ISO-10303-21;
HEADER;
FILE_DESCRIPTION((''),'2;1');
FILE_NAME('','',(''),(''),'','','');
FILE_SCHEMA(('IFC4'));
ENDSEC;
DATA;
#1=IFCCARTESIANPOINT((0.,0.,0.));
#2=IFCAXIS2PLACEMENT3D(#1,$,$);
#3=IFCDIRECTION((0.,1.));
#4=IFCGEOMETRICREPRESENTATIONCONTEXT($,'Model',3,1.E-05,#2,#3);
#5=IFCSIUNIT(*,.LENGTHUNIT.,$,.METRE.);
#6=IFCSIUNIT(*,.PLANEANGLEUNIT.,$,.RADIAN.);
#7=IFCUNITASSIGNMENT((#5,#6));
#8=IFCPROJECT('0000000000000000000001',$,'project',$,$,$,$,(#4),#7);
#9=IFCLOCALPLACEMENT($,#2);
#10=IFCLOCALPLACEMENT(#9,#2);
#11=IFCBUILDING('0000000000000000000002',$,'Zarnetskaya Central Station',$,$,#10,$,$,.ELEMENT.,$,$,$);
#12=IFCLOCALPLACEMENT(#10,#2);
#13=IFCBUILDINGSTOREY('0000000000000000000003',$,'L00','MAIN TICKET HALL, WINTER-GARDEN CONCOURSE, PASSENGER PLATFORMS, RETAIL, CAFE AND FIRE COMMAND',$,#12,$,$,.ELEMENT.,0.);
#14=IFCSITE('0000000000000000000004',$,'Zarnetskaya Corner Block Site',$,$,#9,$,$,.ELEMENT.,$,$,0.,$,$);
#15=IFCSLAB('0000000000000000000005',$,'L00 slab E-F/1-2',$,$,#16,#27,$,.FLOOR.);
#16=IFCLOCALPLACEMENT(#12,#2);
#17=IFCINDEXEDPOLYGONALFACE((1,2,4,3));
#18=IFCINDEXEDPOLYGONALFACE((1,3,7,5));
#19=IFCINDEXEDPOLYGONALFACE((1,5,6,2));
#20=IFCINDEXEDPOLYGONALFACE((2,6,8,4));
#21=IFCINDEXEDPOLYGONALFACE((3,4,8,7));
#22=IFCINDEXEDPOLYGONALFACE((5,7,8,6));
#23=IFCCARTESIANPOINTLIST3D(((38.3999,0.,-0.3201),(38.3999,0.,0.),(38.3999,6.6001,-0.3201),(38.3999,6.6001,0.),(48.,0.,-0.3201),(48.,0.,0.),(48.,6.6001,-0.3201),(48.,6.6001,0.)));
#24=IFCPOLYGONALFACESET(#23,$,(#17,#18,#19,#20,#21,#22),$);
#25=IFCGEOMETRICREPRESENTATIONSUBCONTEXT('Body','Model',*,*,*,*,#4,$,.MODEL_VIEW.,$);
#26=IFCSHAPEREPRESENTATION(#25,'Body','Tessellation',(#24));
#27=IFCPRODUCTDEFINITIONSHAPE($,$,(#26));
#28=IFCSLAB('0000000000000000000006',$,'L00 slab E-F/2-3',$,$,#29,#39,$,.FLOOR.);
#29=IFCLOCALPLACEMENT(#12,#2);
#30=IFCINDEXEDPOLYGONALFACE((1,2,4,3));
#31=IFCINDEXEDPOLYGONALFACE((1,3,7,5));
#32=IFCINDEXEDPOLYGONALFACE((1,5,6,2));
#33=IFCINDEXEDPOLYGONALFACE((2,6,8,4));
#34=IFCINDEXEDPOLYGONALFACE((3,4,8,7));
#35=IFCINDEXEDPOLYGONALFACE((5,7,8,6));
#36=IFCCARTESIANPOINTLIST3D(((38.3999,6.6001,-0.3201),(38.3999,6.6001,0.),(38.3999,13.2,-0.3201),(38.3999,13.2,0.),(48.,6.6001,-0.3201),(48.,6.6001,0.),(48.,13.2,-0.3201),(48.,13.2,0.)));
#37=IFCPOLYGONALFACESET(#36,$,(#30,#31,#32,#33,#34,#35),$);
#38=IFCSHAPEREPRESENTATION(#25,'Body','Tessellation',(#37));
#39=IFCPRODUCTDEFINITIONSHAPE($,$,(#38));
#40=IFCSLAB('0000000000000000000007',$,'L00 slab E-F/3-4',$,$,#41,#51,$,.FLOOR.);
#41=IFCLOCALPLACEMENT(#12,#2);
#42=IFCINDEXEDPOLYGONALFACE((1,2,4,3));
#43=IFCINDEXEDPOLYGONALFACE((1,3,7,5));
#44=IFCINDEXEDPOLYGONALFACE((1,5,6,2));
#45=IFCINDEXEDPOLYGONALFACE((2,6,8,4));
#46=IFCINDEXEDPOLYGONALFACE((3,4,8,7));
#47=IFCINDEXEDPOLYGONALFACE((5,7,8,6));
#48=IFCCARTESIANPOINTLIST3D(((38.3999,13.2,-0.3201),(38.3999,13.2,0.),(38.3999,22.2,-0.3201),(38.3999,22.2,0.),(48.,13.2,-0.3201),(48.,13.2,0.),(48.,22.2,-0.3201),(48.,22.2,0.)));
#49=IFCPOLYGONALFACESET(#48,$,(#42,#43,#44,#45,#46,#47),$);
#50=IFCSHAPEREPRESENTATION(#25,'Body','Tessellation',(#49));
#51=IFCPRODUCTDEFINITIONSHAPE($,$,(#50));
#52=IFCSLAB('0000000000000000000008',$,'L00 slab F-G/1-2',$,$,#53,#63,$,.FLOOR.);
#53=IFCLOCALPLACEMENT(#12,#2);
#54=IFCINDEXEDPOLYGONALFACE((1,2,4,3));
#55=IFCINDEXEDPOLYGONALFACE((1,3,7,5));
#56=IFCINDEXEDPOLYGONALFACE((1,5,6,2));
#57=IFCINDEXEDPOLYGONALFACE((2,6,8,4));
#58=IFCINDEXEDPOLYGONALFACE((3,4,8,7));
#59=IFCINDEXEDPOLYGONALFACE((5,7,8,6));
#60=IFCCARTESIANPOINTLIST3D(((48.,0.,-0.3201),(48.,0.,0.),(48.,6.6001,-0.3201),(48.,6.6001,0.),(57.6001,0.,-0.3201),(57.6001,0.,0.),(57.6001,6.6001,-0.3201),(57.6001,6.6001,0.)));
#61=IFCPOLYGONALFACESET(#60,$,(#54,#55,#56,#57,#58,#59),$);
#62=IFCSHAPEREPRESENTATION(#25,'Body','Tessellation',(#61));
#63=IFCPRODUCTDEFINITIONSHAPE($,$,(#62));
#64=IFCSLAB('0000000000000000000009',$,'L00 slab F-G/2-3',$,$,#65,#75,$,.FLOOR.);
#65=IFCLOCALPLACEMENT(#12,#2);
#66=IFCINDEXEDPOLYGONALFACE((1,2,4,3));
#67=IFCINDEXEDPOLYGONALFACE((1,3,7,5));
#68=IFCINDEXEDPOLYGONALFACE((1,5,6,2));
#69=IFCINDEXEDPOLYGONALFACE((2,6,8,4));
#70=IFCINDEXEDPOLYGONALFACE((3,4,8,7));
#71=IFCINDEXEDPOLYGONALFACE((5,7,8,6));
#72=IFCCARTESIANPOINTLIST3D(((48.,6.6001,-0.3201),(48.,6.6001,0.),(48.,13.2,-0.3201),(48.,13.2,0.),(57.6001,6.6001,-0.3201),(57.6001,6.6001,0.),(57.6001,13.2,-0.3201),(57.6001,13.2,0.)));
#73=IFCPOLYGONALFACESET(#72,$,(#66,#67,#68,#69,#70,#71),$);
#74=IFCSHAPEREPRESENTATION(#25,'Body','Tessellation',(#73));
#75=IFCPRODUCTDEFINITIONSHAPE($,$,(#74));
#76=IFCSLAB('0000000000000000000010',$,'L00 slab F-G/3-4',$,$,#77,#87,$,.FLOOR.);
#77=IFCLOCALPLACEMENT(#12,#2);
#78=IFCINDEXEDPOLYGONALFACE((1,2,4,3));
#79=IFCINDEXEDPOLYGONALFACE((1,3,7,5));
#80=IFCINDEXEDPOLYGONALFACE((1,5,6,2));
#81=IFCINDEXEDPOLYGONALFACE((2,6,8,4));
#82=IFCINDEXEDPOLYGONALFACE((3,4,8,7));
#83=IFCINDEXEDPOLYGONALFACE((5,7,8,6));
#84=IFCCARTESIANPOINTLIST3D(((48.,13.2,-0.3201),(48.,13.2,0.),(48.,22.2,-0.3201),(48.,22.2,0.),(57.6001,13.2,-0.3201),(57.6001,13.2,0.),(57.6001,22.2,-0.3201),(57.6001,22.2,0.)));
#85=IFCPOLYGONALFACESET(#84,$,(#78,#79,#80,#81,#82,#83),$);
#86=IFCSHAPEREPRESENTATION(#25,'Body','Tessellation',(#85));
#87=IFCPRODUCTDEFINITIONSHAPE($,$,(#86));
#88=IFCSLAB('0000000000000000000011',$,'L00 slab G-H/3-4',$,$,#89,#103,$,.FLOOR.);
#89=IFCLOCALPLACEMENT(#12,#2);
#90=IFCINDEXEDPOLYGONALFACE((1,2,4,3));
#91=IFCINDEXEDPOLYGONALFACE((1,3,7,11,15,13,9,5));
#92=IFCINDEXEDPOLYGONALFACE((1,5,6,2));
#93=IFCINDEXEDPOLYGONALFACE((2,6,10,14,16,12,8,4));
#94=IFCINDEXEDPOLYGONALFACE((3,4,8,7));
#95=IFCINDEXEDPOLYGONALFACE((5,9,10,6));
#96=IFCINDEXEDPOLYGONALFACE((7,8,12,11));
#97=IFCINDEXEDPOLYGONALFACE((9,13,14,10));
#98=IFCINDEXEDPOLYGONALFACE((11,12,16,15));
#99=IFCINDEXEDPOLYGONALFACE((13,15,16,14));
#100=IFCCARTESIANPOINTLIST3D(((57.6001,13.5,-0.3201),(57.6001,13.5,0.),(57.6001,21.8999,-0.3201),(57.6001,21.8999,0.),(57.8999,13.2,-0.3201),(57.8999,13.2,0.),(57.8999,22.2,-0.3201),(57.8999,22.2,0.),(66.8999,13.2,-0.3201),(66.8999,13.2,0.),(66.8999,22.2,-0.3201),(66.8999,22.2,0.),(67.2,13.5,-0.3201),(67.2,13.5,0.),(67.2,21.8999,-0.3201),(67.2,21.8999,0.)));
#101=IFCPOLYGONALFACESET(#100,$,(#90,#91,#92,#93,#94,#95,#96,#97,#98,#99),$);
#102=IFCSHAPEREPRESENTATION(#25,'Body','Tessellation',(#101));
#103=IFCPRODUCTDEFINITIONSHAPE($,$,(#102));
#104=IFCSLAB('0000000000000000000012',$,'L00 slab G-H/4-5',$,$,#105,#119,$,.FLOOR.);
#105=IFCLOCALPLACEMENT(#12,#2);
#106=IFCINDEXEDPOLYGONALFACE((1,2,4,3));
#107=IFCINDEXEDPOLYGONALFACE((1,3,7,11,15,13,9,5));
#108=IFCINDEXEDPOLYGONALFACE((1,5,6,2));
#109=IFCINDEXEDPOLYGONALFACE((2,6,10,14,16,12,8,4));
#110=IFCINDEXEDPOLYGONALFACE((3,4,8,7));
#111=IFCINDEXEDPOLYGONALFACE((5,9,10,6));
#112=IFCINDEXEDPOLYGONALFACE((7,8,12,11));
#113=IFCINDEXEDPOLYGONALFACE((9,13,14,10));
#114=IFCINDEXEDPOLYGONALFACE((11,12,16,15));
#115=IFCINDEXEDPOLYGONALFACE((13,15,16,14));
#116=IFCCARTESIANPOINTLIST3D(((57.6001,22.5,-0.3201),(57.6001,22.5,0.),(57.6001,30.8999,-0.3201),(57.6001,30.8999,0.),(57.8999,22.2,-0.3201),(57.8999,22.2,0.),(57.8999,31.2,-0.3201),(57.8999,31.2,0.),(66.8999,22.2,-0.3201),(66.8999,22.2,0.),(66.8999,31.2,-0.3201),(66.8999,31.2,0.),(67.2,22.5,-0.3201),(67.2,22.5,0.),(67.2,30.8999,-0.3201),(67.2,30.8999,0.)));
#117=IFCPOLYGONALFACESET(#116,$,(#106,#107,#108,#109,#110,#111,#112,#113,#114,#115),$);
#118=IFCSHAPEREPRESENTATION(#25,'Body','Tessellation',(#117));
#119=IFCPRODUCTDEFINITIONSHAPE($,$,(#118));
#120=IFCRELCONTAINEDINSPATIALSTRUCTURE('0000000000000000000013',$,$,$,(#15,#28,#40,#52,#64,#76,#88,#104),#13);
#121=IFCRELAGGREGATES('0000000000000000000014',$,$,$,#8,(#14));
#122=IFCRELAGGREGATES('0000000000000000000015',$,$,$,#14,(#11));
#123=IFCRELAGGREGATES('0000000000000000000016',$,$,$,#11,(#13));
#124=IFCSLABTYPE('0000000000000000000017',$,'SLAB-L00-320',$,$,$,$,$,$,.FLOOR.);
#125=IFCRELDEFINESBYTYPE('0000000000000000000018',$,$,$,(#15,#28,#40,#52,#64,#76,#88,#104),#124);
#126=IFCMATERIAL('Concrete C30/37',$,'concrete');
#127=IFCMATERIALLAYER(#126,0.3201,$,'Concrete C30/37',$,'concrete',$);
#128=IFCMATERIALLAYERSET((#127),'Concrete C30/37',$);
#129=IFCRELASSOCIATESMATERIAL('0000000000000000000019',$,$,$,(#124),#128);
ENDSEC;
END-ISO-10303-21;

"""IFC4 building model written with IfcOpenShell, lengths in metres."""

from ifc_helpers import new_model, si_unit, direction, frame, origin, place, context, subcontext, project, spatial, polyline, outline, extrude, material, layer, layer_set, type_object, element, save


model = new_model("IFC4")

# Units and contexts
model_context = context("Model", 3, precision=1e-05, world=origin(), true_north=direction((0.0, 1.0)))
body_context = subcontext(model_context, "Body", "Model", "MODEL_VIEW")
ifc_project = project(units=[si_unit("LENGTHUNIT", "METRE"), si_unit("PLANEANGLEUNIT", "RADIAN")], contexts=[model_context])

# Site, building, storey
site_placement = place(None, origin())
site = spatial("IfcSite", under=ifc_project, at=site_placement, Name="Zarnetskaya Corner Block Site", CompositionType="ELEMENT", RefElevation=0.0)
building_placement = place(site_placement, origin())
building = spatial("IfcBuilding", under=site, at=building_placement, Name="Zarnetskaya Central Station", CompositionType="ELEMENT")
storey_placement = place(building_placement, origin())
storey = spatial("IfcBuildingStorey", under=building, at=storey_placement, Name="L00", Description="MAIN TICKET HALL, WINTER-GARDEN CONCOURSE, PASSENGER PLATFORMS, RETAIL, CAFE AND FIRE COMMAND", CompositionType="ELEMENT", Elevation=0.0)

# Slabs
ifc_material = material(Name="Concrete C30/37", Category="concrete")
ifc_layer = layer(ifc_material, 0.3201, Name="Concrete C30/37", Category="concrete")
ifc_layer_set = layer_set([ifc_layer], Name="Concrete C30/37")
slab_type = type_object("IfcSlabType", Name="SLAB-L00-320", PredefinedType="FLOOR", material=ifc_layer_set)
slab_1_placement = place(storey_placement, frame((0.0, 0.0, -0.3201)))
element("IfcSlab", 1, at=slab_1_placement, inside=storey, type_object=slab_type, Name="L00 slab E-F/1-2", PredefinedType="FLOOR", context=body_context, shape_type="SweptSolid", body=[
    extrude(outline(polyline([(38.3999, 0.0), (48.0, 0.0), (48.0, 6.6001), (38.3999, 6.6001), (38.3999, 0.0)])), origin(), (0.0, 0.0, 1.0), 0.3201),
])
slab_2_placement = place(storey_placement, frame((0.0, 0.0, -0.3201)))
element("IfcSlab", 2, at=slab_2_placement, inside=storey, type_object=slab_type, Name="L00 slab E-F/2-3", PredefinedType="FLOOR", context=body_context, shape_type="SweptSolid", body=[
    extrude(outline(polyline([(38.3999, 6.6001), (48.0, 6.6001), (48.0, 13.2), (38.3999, 13.2), (38.3999, 6.6001)])), origin(), (0.0, 0.0, 1.0), 0.3201),
])
slab_3_placement = place(storey_placement, frame((0.0, 0.0, -0.3201)))
element("IfcSlab", 3, at=slab_3_placement, inside=storey, type_object=slab_type, Name="L00 slab E-F/3-4", PredefinedType="FLOOR", context=body_context, shape_type="SweptSolid", body=[
    extrude(outline(polyline([(38.3999, 13.2), (48.0, 13.2), (48.0, 22.2), (38.3999, 22.2), (38.3999, 13.2)])), origin(), (0.0, 0.0, 1.0), 0.3201),
])
slab_4_placement = place(storey_placement, frame((0.0, 0.0, -0.3201)))
element("IfcSlab", 4, at=slab_4_placement, inside=storey, type_object=slab_type, Name="L00 slab F-G/1-2", PredefinedType="FLOOR", context=body_context, shape_type="SweptSolid", body=[
    extrude(outline(polyline([(48.0, 0.0), (57.6001, 0.0), (57.6001, 6.6001), (48.0, 6.6001), (48.0, 0.0)])), origin(), (0.0, 0.0, 1.0), 0.3201),
])
slab_5_placement = place(storey_placement, frame((0.0, 0.0, -0.3201)))
element("IfcSlab", 5, at=slab_5_placement, inside=storey, type_object=slab_type, Name="L00 slab F-G/2-3", PredefinedType="FLOOR", context=body_context, shape_type="SweptSolid", body=[
    extrude(outline(polyline([(48.0, 6.6001), (57.6001, 6.6001), (57.6001, 13.2), (48.0, 13.2), (48.0, 6.6001)])), origin(), (0.0, 0.0, 1.0), 0.3201),
])
slab_6_placement = place(storey_placement, frame((0.0, 0.0, -0.3201)))
element("IfcSlab", 6, at=slab_6_placement, inside=storey, type_object=slab_type, Name="L00 slab F-G/3-4", PredefinedType="FLOOR", context=body_context, shape_type="SweptSolid", body=[
    extrude(outline(polyline([(48.0, 13.2), (57.6001, 13.2), (57.6001, 22.2), (48.0, 22.2), (48.0, 13.2)])), origin(), (0.0, 0.0, 1.0), 0.3201),
])
slab_7_placement = place(storey_placement, frame((0.0, 0.0, -0.3201)))
element("IfcSlab", 7, at=slab_7_placement, inside=storey, type_object=slab_type, Name="L00 slab G-H/3-4", PredefinedType="FLOOR", context=body_context, shape_type="SweptSolid", body=[
    extrude(outline(polyline([(57.8999, 13.2), (66.8999, 13.2), (67.2, 13.5), (67.2, 21.8999), (66.8999, 22.2), (57.8999, 22.2), (57.6001, 21.8999), (57.6001, 13.5), (57.8999, 13.2)])), origin(), (0.0, 0.0, 1.0), 0.3201),
])
slab_8_placement = place(storey_placement, frame((0.0, 0.0, -0.3201)))
element("IfcSlab", 8, at=slab_8_placement, inside=storey, type_object=slab_type, Name="L00 slab G-H/4-5", PredefinedType="FLOOR", context=body_context, shape_type="SweptSolid", body=[
    extrude(outline(polyline([(57.8999, 22.2), (66.8999, 22.2), (67.2, 22.5), (67.2, 30.8999), (66.8999, 31.2), (57.8999, 31.2), (57.6001, 30.8999), (57.6001, 22.5), (57.8999, 22.2)])), origin(), (0.0, 0.0, 1.0), 0.3201),
])

save(model, "model.ifc")
